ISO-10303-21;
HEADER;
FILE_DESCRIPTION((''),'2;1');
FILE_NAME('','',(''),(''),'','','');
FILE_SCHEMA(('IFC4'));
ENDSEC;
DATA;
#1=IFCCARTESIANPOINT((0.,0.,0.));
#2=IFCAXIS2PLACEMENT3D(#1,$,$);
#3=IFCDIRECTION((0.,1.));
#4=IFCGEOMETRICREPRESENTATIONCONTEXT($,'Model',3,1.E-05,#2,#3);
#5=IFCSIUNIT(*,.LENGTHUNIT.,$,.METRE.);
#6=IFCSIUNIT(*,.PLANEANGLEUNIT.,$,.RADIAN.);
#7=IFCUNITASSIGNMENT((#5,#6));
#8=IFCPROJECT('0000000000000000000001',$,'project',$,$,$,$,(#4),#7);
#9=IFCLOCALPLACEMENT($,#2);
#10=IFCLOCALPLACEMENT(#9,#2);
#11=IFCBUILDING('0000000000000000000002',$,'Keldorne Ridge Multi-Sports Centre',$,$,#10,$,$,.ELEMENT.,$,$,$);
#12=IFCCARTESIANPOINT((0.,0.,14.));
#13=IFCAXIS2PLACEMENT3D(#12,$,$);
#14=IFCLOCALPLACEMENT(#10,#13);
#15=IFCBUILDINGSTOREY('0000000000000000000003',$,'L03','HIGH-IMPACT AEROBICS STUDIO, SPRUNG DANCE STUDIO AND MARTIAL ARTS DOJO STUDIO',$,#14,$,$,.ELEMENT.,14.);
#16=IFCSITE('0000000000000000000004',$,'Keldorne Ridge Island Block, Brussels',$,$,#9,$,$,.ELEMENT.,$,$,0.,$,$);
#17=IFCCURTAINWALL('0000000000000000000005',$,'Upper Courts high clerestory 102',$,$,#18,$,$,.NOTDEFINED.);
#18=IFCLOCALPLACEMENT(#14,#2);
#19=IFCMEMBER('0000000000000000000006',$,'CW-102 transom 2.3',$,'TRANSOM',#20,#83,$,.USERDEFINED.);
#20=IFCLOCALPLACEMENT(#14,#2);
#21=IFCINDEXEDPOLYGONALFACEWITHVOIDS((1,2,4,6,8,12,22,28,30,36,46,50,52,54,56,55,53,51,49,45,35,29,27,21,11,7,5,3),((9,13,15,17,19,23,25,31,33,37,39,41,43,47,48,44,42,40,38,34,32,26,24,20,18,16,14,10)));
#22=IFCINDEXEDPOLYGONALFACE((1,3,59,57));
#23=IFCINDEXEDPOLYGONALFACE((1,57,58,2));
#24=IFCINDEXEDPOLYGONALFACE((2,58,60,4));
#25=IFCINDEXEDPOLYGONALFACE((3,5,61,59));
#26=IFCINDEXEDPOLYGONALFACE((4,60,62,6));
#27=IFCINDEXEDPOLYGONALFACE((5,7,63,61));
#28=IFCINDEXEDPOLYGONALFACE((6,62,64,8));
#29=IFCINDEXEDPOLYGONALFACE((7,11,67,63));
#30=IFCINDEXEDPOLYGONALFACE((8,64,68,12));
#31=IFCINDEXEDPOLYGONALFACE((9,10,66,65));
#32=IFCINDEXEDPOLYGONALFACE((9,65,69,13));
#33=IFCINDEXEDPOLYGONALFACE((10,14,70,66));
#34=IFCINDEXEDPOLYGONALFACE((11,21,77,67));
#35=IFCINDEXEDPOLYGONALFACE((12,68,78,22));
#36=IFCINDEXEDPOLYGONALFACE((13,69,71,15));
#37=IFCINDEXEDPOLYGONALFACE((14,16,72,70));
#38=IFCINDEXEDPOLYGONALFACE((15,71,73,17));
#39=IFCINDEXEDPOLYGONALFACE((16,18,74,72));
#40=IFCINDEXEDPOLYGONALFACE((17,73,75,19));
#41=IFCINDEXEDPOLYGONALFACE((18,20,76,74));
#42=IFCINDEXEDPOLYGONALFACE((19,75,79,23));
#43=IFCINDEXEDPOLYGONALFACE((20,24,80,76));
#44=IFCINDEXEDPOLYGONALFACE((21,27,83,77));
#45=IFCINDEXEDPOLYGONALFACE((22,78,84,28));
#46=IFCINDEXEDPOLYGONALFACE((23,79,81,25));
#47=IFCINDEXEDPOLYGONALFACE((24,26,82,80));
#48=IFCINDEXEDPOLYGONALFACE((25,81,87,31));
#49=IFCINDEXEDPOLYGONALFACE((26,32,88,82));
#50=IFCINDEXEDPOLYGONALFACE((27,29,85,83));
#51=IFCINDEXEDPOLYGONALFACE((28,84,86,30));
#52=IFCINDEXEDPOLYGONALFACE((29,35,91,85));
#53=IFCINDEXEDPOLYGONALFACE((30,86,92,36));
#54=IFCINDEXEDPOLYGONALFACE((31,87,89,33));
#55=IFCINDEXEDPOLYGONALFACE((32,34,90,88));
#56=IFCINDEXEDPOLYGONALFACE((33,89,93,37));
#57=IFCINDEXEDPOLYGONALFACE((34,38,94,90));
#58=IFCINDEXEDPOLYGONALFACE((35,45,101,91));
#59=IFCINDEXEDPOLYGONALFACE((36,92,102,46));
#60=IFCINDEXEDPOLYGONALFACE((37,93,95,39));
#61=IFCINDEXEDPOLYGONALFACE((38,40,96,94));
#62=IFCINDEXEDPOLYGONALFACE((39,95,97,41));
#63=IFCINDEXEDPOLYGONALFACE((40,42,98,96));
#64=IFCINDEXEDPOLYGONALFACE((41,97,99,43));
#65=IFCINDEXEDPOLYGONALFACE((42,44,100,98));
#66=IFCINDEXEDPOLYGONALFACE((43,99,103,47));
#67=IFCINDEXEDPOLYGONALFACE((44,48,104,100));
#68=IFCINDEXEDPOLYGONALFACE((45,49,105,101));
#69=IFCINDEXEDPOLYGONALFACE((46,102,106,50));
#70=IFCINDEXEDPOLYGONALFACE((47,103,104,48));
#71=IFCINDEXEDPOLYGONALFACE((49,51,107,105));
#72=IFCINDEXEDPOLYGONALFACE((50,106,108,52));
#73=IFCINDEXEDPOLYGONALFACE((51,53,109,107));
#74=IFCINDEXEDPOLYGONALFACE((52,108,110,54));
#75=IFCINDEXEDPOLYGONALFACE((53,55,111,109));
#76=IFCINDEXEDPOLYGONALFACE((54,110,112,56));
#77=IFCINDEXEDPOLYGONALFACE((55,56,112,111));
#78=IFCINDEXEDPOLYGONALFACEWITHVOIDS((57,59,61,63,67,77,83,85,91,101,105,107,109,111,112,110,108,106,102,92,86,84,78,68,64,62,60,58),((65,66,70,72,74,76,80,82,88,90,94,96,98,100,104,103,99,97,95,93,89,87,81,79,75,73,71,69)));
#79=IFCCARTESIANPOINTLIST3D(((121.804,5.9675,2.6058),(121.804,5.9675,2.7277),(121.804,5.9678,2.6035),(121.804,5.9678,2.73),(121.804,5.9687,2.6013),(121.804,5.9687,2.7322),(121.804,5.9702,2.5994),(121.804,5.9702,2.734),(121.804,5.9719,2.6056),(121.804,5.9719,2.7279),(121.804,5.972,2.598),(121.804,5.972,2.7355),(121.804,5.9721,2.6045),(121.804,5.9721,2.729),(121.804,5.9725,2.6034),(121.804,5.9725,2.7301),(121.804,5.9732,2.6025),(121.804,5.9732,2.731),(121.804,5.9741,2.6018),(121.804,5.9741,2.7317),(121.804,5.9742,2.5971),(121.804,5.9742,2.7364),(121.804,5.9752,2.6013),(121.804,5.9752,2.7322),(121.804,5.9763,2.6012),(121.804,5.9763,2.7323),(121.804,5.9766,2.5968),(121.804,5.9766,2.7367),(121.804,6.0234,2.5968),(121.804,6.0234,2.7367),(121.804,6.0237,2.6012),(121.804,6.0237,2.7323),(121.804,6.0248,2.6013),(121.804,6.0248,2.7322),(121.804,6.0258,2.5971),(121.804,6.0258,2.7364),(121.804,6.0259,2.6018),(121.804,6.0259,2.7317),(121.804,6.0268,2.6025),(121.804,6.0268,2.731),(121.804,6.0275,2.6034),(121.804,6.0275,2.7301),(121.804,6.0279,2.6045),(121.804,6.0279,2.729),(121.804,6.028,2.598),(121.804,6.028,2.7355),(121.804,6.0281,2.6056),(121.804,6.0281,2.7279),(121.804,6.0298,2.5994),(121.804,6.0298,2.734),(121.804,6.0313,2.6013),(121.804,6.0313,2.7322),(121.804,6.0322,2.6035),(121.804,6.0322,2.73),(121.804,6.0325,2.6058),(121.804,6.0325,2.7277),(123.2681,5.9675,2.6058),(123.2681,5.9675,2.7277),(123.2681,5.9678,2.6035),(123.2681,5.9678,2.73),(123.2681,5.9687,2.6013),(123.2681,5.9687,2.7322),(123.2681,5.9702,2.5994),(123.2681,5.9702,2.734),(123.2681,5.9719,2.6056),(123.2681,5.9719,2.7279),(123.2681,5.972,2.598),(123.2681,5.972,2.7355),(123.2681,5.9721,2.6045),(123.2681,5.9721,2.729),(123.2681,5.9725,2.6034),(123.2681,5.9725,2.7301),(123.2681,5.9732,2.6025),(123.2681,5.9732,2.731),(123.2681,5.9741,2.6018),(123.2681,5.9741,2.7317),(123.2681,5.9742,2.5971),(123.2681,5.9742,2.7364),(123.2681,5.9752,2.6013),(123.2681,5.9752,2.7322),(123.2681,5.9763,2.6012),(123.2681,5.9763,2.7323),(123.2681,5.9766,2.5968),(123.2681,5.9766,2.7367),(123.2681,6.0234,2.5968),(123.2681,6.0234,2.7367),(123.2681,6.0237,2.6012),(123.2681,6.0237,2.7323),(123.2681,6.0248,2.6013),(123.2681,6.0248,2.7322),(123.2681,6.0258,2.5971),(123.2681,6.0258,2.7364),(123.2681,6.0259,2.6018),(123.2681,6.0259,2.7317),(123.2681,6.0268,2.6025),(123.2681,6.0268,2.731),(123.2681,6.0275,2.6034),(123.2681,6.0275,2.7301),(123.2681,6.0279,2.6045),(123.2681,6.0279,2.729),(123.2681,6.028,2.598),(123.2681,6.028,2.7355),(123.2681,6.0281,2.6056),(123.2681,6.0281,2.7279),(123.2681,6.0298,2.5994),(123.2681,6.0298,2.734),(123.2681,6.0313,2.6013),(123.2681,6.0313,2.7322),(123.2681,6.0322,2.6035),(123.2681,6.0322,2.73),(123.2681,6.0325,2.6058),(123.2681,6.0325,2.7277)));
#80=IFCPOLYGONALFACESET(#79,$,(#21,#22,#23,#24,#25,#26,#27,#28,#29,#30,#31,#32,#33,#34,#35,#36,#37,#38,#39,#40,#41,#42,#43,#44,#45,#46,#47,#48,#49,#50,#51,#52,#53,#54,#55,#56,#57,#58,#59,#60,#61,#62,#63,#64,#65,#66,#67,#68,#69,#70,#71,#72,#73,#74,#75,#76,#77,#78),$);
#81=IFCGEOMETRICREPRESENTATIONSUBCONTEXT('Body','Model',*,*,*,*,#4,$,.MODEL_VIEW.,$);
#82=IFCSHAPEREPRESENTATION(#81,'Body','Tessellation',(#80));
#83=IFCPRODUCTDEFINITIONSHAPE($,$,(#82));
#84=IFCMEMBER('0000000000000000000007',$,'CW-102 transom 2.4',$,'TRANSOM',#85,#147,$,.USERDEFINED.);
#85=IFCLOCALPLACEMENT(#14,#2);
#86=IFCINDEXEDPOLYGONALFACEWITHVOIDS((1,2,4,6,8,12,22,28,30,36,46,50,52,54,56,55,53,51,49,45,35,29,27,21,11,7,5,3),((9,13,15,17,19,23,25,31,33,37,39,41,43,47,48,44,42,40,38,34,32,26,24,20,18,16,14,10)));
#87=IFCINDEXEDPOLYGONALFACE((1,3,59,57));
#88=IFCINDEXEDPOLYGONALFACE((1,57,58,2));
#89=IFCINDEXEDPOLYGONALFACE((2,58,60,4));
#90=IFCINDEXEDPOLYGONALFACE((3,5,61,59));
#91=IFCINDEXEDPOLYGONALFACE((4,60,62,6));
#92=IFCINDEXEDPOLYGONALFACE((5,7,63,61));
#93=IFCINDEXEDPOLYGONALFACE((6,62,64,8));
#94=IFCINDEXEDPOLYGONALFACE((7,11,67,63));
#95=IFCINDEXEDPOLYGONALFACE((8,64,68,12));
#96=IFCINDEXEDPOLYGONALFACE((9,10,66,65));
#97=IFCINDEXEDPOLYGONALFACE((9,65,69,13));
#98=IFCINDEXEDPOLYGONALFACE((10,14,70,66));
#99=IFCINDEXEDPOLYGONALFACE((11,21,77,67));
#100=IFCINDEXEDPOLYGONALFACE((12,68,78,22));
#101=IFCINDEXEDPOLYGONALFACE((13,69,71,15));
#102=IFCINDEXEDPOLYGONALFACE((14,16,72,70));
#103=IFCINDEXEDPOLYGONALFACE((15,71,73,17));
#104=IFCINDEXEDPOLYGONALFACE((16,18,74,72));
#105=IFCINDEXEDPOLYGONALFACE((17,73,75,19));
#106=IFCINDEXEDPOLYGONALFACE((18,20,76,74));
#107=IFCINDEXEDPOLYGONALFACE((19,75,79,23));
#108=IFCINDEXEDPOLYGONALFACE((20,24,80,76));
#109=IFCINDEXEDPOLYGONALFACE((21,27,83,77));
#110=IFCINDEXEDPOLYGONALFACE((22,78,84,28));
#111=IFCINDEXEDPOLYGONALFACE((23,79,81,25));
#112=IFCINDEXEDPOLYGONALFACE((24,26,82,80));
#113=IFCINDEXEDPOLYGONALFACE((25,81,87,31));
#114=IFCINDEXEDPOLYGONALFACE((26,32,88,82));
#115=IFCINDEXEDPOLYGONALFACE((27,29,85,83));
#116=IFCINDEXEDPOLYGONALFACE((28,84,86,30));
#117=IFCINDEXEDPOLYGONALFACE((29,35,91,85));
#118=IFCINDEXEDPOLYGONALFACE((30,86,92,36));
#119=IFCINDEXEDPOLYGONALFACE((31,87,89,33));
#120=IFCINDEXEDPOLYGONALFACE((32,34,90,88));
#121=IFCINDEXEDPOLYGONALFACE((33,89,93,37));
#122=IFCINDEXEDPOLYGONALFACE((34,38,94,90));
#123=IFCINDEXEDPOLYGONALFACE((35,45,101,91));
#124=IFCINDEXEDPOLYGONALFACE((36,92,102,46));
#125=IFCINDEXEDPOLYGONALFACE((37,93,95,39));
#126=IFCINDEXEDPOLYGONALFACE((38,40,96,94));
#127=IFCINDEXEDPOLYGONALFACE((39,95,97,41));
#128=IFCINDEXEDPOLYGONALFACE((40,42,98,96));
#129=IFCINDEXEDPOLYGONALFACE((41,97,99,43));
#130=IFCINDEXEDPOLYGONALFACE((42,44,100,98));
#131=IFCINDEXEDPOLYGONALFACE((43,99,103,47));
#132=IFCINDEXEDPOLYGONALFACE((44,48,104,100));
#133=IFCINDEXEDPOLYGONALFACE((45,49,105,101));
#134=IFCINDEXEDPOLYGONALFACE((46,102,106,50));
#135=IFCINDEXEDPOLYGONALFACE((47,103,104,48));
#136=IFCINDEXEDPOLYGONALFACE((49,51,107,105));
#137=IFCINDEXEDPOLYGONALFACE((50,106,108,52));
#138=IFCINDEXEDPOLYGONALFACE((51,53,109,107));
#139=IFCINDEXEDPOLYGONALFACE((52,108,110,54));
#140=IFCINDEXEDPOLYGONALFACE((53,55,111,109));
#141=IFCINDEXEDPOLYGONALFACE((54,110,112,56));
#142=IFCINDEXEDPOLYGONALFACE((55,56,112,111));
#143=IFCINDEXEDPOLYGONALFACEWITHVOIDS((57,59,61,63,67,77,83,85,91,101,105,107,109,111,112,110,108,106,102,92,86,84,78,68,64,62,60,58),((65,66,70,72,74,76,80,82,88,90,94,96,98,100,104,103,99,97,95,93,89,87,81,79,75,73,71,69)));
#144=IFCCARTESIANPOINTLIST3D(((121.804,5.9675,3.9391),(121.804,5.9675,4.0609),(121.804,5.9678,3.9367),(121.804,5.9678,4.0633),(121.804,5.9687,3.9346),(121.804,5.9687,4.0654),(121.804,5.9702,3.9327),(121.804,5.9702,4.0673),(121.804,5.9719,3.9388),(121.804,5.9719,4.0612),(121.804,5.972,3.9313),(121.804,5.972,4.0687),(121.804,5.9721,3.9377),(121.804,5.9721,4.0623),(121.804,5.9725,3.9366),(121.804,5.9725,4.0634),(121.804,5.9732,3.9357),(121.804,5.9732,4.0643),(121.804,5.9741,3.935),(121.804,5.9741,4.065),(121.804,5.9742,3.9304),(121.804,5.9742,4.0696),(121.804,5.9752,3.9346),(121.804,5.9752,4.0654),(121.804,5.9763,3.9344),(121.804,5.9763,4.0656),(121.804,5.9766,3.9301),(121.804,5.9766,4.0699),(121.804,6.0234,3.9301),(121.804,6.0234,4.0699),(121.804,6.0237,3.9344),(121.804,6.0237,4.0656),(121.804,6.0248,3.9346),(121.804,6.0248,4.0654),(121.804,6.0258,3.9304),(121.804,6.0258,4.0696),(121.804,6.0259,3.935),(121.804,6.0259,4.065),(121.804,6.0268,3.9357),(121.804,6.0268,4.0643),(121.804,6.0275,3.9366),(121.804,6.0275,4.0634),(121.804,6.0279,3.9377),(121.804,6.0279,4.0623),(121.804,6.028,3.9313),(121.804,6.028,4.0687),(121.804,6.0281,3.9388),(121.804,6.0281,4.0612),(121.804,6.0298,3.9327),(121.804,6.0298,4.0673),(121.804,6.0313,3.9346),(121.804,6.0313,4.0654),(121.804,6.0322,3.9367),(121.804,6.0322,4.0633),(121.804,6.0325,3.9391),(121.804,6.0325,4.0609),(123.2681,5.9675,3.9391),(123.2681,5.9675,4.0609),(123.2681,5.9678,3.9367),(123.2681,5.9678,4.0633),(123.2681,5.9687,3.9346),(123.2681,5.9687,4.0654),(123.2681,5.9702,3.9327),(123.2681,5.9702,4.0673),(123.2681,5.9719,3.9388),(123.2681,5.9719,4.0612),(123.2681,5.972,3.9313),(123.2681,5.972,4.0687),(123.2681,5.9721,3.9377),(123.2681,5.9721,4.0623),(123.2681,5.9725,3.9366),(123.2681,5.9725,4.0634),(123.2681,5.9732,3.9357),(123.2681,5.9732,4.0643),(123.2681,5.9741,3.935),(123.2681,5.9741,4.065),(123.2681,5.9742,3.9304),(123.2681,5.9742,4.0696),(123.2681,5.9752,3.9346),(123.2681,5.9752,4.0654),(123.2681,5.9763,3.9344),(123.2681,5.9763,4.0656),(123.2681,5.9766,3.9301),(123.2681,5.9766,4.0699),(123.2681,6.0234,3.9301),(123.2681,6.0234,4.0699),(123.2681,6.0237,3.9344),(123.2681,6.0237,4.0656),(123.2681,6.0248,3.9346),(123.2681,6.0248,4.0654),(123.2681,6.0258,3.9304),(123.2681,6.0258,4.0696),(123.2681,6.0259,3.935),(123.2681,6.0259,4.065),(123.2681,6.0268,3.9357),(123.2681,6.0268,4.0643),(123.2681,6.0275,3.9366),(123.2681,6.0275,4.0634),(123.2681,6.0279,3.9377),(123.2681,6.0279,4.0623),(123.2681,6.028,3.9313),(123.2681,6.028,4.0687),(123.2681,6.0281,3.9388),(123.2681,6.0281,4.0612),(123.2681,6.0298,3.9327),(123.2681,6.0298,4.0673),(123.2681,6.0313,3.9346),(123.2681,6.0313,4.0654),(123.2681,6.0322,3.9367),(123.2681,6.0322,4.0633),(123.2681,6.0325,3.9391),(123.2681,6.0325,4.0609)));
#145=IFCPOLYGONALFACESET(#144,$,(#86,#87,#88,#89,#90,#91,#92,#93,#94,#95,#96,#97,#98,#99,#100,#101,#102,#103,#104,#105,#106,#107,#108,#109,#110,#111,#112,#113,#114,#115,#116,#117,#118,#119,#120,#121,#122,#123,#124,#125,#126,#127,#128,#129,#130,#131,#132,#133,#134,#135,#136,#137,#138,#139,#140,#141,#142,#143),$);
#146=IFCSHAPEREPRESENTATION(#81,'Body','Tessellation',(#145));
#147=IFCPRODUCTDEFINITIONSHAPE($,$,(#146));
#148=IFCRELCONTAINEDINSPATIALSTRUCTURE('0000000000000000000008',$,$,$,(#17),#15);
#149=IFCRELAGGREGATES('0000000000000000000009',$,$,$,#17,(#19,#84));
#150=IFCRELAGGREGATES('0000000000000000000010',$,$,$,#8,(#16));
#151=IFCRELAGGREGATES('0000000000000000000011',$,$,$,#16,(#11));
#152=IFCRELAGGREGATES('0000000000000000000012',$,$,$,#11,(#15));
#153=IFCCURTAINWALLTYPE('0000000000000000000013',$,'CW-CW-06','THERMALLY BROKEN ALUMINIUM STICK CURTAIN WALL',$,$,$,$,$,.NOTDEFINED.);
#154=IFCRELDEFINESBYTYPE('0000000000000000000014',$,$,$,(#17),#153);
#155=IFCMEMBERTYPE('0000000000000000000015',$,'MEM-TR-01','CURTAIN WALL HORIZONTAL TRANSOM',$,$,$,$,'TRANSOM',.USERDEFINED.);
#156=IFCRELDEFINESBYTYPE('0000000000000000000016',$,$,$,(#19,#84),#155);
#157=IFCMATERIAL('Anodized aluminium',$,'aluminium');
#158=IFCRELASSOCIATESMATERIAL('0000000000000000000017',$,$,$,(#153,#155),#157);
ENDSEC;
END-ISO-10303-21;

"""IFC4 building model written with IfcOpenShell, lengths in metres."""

from ifc_helpers import new_model, si_unit, direction, frame, origin, origin_2d, place, context, subcontext, project, spatial, hollow_rectangle, extrude, material, material_profile, profile_set, type_object, element, aggregate, save


model = new_model("IFC4")

# Units and contexts
model_context = context("Model", 3, precision=1e-05, world=origin(), true_north=direction((0.0, 1.0)))
body_context = subcontext(model_context, "Body", "Model", "MODEL_VIEW")
ifc_project = project(units=[si_unit("LENGTHUNIT", "METRE"), si_unit("PLANEANGLEUNIT", "RADIAN")], contexts=[model_context])

# Site, building, storey
site_placement = place(None, origin())
site = spatial("IfcSite", under=ifc_project, at=site_placement, Name="Keldorne Ridge Island Block, Brussels", CompositionType="ELEMENT", RefElevation=0.0)
building_placement = place(site_placement, origin())
building = spatial("IfcBuilding", under=site, at=building_placement, Name="Keldorne Ridge Multi-Sports Centre", CompositionType="ELEMENT")
storey_placement = place(building_placement, frame((0.0, 0.0, 14.0)))
storey = spatial("IfcBuildingStorey", under=building, at=storey_placement, Name="L03", Description="HIGH-IMPACT AEROBICS STUDIO, SPRUNG DANCE STUDIO AND MARTIAL ARTS DOJO STUDIO", CompositionType="ELEMENT", Elevation=14.0)

# Curtain wall, members
ifc_material_1 = material(Name="Anodized aluminium", Category="aluminium")
curtain_wall_type = type_object("IfcCurtainWallType", Name="CW-CW-06", Description="THERMALLY BROKEN ALUMINIUM STICK CURTAIN WALL", PredefinedType="NOTDEFINED", material=ifc_material_1)
curtain_wall_placement = place(storey_placement, origin())
curtain_wall = element("IfcCurtainWall", 1, at=curtain_wall_placement, inside=storey, type_object=curtain_wall_type, Name="Upper Courts high clerestory 102", PredefinedType="NOTDEFINED")
ifc_material_profile_1 = material_profile(ifc_material_1, hollow_rectangle(XDim=0.0649, YDim=0.1399, WallThickness=0.0044, InnerFilletRadius=0.0044, OuterFilletRadius=0.009, at=origin_2d()), Name="ALU TRANSOM 140x65x4.5")
ifc_profile_set_1 = profile_set([ifc_material_profile_1], Name="Anodized aluminium")
member_type_1 = type_object("IfcMemberType", Name="MEM-TR-01", Description="CURTAIN WALL HORIZONTAL TRANSOM", ElementType="TRANSOM", PredefinedType="USERDEFINED", material=ifc_profile_set_1)
member_1_placement = place(storey_placement, frame((121.804, 6.0, 2.6667), z_axis=(1.0, 0.0, 0.0), x_axis=(0.0, 1.0, 0.0)))
member_1 = element("IfcMember", 2, at=member_1_placement, type_object=member_type_1, Name="CW-102 transom 2.3", ObjectType="TRANSOM", PredefinedType="USERDEFINED", context=body_context, shape_type="SweptSolid", body=[
    extrude(hollow_rectangle(XDim=0.0649, YDim=0.1399, WallThickness=0.0044, InnerFilletRadius=0.0044, OuterFilletRadius=0.009, at=origin_2d()), origin(), (0.0, 0.0, 1.0), 1.4641),
])
member_2_placement = place(storey_placement, frame((121.804, 6.0, 4.0), z_axis=(1.0, 0.0, 0.0), x_axis=(0.0, 1.0, 0.0)))
member_2 = element("IfcMember", 3, at=member_2_placement, type_object=member_type_1, Name="CW-102 transom 2.4", ObjectType="TRANSOM", PredefinedType="USERDEFINED", context=body_context, shape_type="SweptSolid", body=[
    extrude(hollow_rectangle(XDim=0.0649, YDim=0.1399, WallThickness=0.0044, InnerFilletRadius=0.0044, OuterFilletRadius=0.009, at=origin_2d()), origin(), (0.0, 0.0, 1.0), 1.4641),
])
aggregate(curtain_wall, [member_1, member_2])

save(model, "model.ifc")
